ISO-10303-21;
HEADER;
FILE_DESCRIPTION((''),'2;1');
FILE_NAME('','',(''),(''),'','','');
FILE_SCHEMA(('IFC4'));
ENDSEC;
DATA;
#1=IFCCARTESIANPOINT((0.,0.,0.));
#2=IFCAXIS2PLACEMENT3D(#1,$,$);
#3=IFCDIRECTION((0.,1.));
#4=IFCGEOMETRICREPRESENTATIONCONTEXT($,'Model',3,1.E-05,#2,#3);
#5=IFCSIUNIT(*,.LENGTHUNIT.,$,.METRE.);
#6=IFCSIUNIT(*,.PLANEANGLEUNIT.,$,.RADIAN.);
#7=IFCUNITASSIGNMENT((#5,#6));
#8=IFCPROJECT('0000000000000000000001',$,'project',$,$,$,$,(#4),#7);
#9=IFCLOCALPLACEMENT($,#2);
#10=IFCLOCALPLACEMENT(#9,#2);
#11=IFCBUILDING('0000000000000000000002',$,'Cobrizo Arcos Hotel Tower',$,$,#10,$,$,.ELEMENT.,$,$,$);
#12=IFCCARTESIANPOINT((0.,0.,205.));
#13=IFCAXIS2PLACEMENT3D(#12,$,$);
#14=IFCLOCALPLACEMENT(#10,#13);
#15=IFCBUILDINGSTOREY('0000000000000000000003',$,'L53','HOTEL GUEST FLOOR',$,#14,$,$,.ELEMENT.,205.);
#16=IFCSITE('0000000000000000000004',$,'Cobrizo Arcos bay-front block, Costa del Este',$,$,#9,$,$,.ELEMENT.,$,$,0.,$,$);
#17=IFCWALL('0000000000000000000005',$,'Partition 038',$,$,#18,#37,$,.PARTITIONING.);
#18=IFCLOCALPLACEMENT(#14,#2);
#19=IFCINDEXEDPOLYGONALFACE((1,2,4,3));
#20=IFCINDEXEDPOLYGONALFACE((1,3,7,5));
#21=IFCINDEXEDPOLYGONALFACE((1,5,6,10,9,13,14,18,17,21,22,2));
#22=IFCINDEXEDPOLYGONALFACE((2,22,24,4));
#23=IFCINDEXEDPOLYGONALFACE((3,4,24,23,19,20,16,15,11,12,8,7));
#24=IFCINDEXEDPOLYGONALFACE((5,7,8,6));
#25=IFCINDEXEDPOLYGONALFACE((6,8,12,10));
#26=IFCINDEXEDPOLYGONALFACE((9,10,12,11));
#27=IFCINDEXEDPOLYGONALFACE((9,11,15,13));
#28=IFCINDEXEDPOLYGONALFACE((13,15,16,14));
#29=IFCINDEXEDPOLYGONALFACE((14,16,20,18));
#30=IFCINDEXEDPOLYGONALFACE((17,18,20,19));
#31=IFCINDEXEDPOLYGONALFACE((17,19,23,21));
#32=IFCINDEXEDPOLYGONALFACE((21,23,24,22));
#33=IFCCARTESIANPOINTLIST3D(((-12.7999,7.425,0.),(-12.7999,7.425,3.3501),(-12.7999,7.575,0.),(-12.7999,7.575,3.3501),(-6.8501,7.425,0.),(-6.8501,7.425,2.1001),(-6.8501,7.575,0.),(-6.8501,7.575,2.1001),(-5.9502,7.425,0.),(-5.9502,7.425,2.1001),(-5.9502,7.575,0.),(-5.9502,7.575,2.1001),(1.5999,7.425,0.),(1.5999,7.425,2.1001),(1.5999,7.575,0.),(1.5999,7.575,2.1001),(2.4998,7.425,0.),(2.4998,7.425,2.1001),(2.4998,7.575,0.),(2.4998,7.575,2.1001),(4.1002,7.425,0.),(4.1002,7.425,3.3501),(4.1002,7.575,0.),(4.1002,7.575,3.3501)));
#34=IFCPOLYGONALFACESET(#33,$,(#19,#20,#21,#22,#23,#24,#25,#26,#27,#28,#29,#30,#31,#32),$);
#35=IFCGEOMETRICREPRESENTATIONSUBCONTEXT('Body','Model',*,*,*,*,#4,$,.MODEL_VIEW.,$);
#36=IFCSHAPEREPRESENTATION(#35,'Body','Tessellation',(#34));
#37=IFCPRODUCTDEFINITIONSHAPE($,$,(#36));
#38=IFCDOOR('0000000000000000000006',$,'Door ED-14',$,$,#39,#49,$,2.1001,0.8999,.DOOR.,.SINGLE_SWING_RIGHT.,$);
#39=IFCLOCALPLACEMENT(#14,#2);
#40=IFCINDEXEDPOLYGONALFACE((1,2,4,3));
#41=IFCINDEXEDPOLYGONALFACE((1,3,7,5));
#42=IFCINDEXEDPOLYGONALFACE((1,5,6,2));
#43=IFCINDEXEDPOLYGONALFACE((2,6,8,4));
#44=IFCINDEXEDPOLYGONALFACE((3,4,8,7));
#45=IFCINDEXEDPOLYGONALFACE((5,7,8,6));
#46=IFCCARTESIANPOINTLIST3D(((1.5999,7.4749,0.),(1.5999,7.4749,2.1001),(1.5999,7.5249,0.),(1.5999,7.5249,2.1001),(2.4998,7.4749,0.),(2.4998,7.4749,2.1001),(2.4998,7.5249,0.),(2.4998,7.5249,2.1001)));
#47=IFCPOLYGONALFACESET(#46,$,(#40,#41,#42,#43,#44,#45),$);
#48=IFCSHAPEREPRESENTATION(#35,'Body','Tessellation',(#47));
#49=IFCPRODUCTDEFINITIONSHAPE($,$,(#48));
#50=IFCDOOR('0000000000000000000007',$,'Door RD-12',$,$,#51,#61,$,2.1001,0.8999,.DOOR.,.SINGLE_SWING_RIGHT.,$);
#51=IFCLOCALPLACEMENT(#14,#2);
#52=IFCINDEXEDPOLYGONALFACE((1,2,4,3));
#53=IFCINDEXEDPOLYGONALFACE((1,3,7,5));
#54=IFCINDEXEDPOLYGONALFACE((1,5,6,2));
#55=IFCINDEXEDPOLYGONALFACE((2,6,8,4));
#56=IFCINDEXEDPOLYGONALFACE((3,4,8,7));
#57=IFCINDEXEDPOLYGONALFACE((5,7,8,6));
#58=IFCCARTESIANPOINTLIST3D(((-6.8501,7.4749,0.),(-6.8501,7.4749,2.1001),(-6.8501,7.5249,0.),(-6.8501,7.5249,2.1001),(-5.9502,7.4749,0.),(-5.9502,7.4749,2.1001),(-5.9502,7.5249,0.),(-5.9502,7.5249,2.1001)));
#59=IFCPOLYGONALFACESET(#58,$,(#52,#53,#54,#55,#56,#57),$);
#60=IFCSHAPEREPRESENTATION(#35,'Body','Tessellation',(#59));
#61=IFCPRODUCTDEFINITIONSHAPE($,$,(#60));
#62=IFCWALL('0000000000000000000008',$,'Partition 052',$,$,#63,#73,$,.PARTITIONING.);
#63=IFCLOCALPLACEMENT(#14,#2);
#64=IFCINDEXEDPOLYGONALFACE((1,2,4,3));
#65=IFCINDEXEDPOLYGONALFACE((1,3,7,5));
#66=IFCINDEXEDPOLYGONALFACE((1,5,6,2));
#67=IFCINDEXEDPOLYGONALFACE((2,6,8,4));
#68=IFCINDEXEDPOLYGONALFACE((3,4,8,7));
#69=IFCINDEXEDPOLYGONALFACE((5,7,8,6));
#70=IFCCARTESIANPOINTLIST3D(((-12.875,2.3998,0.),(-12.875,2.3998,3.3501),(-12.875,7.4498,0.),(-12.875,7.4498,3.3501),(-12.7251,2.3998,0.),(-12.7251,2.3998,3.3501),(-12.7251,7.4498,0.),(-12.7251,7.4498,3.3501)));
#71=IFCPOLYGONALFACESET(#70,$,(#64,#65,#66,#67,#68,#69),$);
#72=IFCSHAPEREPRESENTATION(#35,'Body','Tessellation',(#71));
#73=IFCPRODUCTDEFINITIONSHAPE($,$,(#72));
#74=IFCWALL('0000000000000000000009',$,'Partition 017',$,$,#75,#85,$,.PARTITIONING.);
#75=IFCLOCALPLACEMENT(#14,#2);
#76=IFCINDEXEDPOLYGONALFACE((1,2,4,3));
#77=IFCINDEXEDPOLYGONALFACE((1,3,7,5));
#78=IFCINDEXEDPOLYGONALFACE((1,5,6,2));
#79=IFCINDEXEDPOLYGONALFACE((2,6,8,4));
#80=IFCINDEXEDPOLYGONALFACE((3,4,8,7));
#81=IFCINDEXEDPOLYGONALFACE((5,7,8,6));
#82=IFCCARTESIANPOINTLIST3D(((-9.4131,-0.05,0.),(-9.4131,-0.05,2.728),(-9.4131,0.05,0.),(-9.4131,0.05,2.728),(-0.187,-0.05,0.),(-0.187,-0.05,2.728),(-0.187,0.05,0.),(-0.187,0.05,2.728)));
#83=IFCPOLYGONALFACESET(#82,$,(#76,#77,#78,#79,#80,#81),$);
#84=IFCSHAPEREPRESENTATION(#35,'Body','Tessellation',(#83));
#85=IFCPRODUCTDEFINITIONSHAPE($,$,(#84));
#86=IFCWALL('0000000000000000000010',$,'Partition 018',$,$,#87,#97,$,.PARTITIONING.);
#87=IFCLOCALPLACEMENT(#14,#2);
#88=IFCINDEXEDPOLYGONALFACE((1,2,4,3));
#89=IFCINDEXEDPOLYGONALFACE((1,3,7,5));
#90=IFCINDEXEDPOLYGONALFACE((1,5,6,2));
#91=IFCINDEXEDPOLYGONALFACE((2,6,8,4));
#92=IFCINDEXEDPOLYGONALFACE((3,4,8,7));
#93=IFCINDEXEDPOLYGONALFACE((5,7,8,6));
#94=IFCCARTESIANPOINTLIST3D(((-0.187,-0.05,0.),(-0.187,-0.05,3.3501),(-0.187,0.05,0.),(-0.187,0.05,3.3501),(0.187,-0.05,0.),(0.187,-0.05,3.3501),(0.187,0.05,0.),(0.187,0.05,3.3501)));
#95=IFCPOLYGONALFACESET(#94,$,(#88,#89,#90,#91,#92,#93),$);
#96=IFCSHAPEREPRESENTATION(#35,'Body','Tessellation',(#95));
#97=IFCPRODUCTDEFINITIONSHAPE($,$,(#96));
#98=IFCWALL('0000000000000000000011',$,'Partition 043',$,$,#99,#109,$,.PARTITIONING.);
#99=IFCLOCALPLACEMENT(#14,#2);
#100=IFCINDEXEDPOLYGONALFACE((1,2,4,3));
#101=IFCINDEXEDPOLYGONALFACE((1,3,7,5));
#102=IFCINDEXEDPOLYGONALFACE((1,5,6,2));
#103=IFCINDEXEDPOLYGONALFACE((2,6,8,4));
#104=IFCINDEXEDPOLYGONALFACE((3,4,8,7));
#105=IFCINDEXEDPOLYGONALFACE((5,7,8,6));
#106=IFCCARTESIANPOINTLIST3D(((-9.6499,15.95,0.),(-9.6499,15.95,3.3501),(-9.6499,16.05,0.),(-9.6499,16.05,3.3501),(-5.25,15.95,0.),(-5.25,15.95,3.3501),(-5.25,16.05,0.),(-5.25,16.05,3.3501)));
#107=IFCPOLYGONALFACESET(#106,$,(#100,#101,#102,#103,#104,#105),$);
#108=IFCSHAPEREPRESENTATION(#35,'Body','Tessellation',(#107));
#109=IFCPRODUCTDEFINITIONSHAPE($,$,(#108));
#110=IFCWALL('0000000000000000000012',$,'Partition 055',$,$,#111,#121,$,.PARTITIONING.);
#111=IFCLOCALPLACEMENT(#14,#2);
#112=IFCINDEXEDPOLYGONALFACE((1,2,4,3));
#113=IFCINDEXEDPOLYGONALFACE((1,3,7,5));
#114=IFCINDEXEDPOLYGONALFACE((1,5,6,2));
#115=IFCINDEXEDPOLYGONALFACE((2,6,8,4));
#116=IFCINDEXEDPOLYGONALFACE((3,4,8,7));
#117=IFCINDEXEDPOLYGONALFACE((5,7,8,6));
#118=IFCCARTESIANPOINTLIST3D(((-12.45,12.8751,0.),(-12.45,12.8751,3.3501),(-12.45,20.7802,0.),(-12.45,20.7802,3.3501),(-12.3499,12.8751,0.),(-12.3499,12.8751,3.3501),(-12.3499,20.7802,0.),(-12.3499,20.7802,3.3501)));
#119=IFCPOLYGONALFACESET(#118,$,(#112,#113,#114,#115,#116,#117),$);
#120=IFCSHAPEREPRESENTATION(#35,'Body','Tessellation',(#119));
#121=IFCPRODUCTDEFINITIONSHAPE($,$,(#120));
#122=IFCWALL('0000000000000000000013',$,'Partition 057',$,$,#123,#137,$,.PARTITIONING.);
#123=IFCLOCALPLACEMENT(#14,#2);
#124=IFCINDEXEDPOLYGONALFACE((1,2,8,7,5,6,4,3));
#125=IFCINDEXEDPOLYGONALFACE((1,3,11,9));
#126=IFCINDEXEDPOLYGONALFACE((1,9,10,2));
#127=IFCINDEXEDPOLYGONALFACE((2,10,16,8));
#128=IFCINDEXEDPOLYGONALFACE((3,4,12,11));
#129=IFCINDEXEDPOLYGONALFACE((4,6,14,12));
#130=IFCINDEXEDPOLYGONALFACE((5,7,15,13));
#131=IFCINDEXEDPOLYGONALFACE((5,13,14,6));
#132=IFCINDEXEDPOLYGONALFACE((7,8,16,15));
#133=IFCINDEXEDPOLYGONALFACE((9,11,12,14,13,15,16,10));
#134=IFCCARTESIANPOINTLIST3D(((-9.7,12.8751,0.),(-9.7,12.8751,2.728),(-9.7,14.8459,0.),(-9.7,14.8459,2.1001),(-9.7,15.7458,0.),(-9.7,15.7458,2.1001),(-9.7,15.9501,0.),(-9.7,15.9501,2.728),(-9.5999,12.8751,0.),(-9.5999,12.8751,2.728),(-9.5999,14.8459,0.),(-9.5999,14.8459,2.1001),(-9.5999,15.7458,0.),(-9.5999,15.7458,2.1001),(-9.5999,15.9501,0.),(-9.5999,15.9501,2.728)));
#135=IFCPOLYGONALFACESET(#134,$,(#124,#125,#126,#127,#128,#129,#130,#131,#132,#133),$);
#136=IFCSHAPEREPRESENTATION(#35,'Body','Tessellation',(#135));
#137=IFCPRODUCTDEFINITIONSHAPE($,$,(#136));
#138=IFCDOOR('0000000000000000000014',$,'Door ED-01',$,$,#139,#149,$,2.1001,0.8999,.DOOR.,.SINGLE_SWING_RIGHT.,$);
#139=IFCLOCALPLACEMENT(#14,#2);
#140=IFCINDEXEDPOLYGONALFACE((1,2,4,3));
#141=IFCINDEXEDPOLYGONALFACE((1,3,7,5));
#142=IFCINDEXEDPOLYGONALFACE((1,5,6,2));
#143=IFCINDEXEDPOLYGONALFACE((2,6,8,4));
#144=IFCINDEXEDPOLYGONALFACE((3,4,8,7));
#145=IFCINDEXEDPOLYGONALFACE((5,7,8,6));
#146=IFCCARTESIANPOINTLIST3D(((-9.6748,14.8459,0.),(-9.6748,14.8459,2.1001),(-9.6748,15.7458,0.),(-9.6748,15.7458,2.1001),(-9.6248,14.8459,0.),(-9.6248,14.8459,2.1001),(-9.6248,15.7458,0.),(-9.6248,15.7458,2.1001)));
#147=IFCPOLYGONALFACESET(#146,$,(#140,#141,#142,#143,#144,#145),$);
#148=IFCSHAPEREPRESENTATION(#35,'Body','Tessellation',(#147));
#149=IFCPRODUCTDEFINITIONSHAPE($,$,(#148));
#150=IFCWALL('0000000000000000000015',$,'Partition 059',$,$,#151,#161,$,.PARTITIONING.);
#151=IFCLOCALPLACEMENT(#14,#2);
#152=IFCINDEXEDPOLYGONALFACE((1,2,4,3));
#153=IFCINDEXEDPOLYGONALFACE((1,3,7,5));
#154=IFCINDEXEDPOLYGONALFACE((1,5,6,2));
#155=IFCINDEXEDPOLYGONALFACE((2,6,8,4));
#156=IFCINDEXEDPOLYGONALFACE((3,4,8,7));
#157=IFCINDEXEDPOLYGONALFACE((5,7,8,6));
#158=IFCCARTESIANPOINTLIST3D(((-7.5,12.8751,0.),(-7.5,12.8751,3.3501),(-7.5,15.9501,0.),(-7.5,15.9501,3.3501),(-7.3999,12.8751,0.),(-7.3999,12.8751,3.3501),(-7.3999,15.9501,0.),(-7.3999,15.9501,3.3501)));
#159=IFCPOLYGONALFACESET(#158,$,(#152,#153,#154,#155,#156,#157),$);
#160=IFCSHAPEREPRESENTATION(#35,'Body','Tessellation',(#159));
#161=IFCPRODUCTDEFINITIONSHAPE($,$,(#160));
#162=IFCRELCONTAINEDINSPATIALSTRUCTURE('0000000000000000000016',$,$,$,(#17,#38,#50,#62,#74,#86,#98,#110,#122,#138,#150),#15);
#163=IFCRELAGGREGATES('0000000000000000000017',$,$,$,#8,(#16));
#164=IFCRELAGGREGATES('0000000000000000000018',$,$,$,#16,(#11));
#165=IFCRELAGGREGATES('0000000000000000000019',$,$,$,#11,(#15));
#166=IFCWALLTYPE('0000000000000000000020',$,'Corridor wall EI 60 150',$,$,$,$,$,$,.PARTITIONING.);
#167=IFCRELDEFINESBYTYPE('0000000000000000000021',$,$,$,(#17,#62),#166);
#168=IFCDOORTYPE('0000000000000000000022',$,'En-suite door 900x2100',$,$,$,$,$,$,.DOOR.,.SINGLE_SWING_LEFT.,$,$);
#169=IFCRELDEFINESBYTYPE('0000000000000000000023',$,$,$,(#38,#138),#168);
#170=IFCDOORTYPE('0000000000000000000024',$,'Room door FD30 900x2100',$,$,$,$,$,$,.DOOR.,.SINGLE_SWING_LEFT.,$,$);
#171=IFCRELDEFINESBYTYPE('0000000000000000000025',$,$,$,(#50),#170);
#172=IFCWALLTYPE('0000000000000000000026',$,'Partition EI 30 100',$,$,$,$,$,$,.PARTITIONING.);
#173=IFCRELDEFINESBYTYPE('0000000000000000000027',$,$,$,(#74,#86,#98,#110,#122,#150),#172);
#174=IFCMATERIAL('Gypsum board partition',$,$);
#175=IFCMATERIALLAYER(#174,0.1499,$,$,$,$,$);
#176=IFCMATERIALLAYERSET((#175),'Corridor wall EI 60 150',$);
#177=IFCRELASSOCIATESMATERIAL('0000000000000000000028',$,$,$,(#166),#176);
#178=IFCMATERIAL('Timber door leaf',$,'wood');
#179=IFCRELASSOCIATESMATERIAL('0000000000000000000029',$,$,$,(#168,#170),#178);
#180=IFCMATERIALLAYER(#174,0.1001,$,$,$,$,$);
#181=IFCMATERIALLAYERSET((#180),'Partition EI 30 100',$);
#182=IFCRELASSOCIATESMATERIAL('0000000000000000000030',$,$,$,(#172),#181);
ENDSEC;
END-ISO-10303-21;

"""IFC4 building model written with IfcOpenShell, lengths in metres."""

from ifc_helpers import new_model, si_unit, direction, frame, frame_2d, origin, place, context, subcontext, project, spatial, rectangle, extrude, material, layer, layer_set, type_object, element, fill, save


model = new_model("IFC4")

# Units and contexts
model_context = context("Model", 3, precision=1e-05, world=origin(), true_north=direction((0.0, 1.0)))
body_context = subcontext(model_context, "Body", "Model", "MODEL_VIEW")
ifc_project = project(units=[si_unit("LENGTHUNIT", "METRE"), si_unit("PLANEANGLEUNIT", "RADIAN")], contexts=[model_context])

# Site, building, storey
site_placement = place(None, origin())
site = spatial("IfcSite", under=ifc_project, at=site_placement, Name="Cobrizo Arcos bay-front block, Costa del Este", CompositionType="ELEMENT", RefElevation=0.0)
building_placement = place(site_placement, origin())
building = spatial("IfcBuilding", under=site, at=building_placement, Name="Cobrizo Arcos Hotel Tower", CompositionType="ELEMENT")
storey_placement = place(building_placement, frame((0.0, 0.0, 205.0)))
storey = spatial("IfcBuildingStorey", under=building, at=storey_placement, Name="L53", Description="HOTEL GUEST FLOOR", CompositionType="ELEMENT", Elevation=205.0)

# Wall, openings, doors
ifc_material_1 = material(Name="Gypsum board partition")
ifc_layer_1 = layer(ifc_material_1, 0.1499)
ifc_layer_set_1 = layer_set([ifc_layer_1], Name="Corridor wall EI 60 150")
wall_type_1 = type_object("IfcWallType", Name="Corridor wall EI 60 150", PredefinedType="PARTITIONING", material=ifc_layer_set_1)
wall_1_placement = place(storey_placement, frame((-12.8, 7.5, 0.0), z_axis=(0.0, 0.0, 1.0), x_axis=(1.0, 0.0, 0.0)))
wall_1 = element("IfcWall", 1, at=wall_1_placement, inside=storey, type_object=wall_type_1, Name="Partition 038", PredefinedType="PARTITIONING", context=body_context, shape_type="SweptSolid", body=[
    extrude(rectangle(XDim=16.9001, YDim=0.1499, at=frame_2d((8.4502, 0.0))), origin(), (0.0, 0.0, 1.0), 3.3501),
])
opening_1_placement = place(wall_1_placement, frame((14.3999, 0.0, 0.0)))
opening_1 = element("IfcOpeningElement", 2, at=opening_1_placement, cuts=wall_1, PredefinedType="OPENING", context=body_context, shape_type="SweptSolid", body=[
    extrude(rectangle(XDim=0.8999, YDim=2.1001, at=frame_2d((0.45, 1.05))), frame((0.0, 0.0869, 0.0), z_axis=(0.0, -1.0, 0.0), x_axis=(1.0, 0.0, 0.0)), (0.0, 0.0, 1.0), 0.1738),
])
opening_2_placement = place(wall_1_placement, frame((5.95, 0.0, 0.0)))
opening_2 = element("IfcOpeningElement", 3, at=opening_2_placement, cuts=wall_1, PredefinedType="OPENING", context=body_context, shape_type="SweptSolid", body=[
    extrude(rectangle(XDim=0.8999, YDim=2.1001, at=frame_2d((0.45, 1.05))), frame((0.0, 0.0869, 0.0), z_axis=(0.0, -1.0, 0.0), x_axis=(1.0, 0.0, 0.0)), (0.0, 0.0, 1.0), 0.1738),
])
ifc_material_2 = material(Name="Timber door leaf", Category="wood")
door_type_1 = type_object("IfcDoorType", Name="En-suite door 900x2100", OperationType="SINGLE_SWING_LEFT", PredefinedType="DOOR", material=ifc_material_2)
door_1_placement = place(opening_1_placement, origin())
door_1 = element("IfcDoor", 4, at=door_1_placement, inside=storey, type_object=door_type_1, Name="Door ED-14", OperationType="SINGLE_SWING_RIGHT", OverallHeight=2.1001, OverallWidth=0.8999, PredefinedType="DOOR", context=body_context, shape_type="SweptSolid", body=[
    extrude(rectangle(XDim=0.8999, YDim=2.1001, at=frame_2d((0.45, 1.05))), frame((0.0, 0.0249, 0.0), z_axis=(0.0, -1.0, 0.0), x_axis=(1.0, 0.0, 0.0)), (0.0, 0.0, 1.0), 0.05),
])
fill(opening_1, door_1)
door_type_2 = type_object("IfcDoorType", Name="Room door FD30 900x2100", OperationType="SINGLE_SWING_LEFT", PredefinedType="DOOR", material=ifc_material_2)
door_2_placement = place(opening_2_placement, origin())
door_2 = element("IfcDoor", 5, at=door_2_placement, inside=storey, type_object=door_type_2, Name="Door RD-12", OperationType="SINGLE_SWING_RIGHT", OverallHeight=2.1001, OverallWidth=0.8999, PredefinedType="DOOR", context=body_context, shape_type="SweptSolid", body=[
    extrude(rectangle(XDim=0.8999, YDim=2.1001, at=frame_2d((0.45, 1.05))), frame((0.0, 0.0249, 0.0), z_axis=(0.0, -1.0, 0.0), x_axis=(1.0, 0.0, 0.0)), (0.0, 0.0, 1.0), 0.05),
])
fill(opening_2, door_2)

# Walls
wall_2_placement = place(storey_placement, frame((-12.8, 2.3999, 0.0), z_axis=(0.0, 0.0, 1.0), x_axis=(0.0, 1.0, 0.0)))
element("IfcWall", 6, at=wall_2_placement, inside=storey, type_object=wall_type_1, Name="Partition 052", PredefinedType="PARTITIONING", context=body_context, shape_type="SweptSolid", body=[
    extrude(rectangle(XDim=5.05, YDim=0.1499, at=frame_2d((2.5249, 0.0))), origin(), (0.0, 0.0, 1.0), 3.3501),
])
ifc_layer_2 = layer(ifc_material_1, 0.1001)
ifc_layer_set_2 = layer_set([ifc_layer_2], Name="Partition EI 30 100")
wall_type_2 = type_object("IfcWallType", Name="Partition EI 30 100", PredefinedType="PARTITIONING", material=ifc_layer_set_2)
wall_3_placement = place(storey_placement, frame((-9.4131, 0.0, 0.0), z_axis=(0.0, 0.0, 1.0), x_axis=(1.0, 0.0, 0.0)))
element("IfcWall", 7, at=wall_3_placement, inside=storey, type_object=wall_type_2, Name="Partition 017", PredefinedType="PARTITIONING", context=body_context, shape_type="SweptSolid", body=[
    extrude(rectangle(XDim=9.2261, YDim=0.1001, at=frame_2d((4.613, 0.0))), origin(), (0.0, 0.0, 1.0), 2.728),
])
wall_4_placement = place(storey_placement, frame((-0.187, 0.0, 0.0), z_axis=(0.0, 0.0, 1.0), x_axis=(1.0, 0.0, 0.0)))
element("IfcWall", 8, at=wall_4_placement, inside=storey, type_object=wall_type_2, Name="Partition 018", PredefinedType="PARTITIONING", context=body_context, shape_type="SweptSolid", body=[
    extrude(rectangle(XDim=0.374, YDim=0.1001, at=frame_2d((0.187, 0.0))), origin(), (0.0, 0.0, 1.0), 3.3501),
])
wall_5_placement = place(storey_placement, frame((-9.6499, 16.0, 0.0), z_axis=(0.0, 0.0, 1.0), x_axis=(1.0, 0.0, 0.0)))
element("IfcWall", 9, at=wall_5_placement, inside=storey, type_object=wall_type_2, Name="Partition 043", PredefinedType="PARTITIONING", context=body_context, shape_type="SweptSolid", body=[
    extrude(rectangle(XDim=4.3999, YDim=0.1001, at=frame_2d((2.2, 0.0))), origin(), (0.0, 0.0, 1.0), 3.3501),
])
wall_6_placement = place(storey_placement, frame((-12.3999, 12.875, 0.0), z_axis=(0.0, 0.0, 1.0), x_axis=(0.0, 1.0, 0.0)))
element("IfcWall", 10, at=wall_6_placement, inside=storey, type_object=wall_type_2, Name="Partition 055", PredefinedType="PARTITIONING", context=body_context, shape_type="SweptSolid", body=[
    extrude(rectangle(XDim=7.905, YDim=0.1001, at=frame_2d((3.9526, 0.0))), origin(), (0.0, 0.0, 1.0), 3.3501),
])

# Wall, opening, door
wall_7_placement = place(storey_placement, frame((-9.6499, 12.875, 0.0), z_axis=(0.0, 0.0, 1.0), x_axis=(0.0, 1.0, 0.0)))
wall_7 = element("IfcWall", 11, at=wall_7_placement, inside=storey, type_object=wall_type_2, Name="Partition 057", PredefinedType="PARTITIONING", context=body_context, shape_type="SweptSolid", body=[
    extrude(rectangle(XDim=3.075, YDim=0.1001, at=frame_2d((1.5376, 0.0))), origin(), (0.0, 0.0, 1.0), 2.728),
])
opening_3_placement = place(wall_7_placement, frame((1.9709, 0.0, 0.0)))
opening_3 = element("IfcOpeningElement", 12, at=opening_3_placement, cuts=wall_7, PredefinedType="OPENING", context=body_context, shape_type="SweptSolid", body=[
    extrude(rectangle(XDim=0.8999, YDim=2.1001, at=frame_2d((0.45, 1.05))), frame((0.0, 0.062, 0.0), z_axis=(0.0, -1.0, 0.0), x_axis=(1.0, 0.0, 0.0)), (0.0, 0.0, 1.0), 0.124),
])
door_3_placement = place(opening_3_placement, origin())
door_3 = element("IfcDoor", 13, at=door_3_placement, inside=storey, type_object=door_type_1, Name="Door ED-01", OperationType="SINGLE_SWING_RIGHT", OverallHeight=2.1001, OverallWidth=0.8999, PredefinedType="DOOR", context=body_context, shape_type="SweptSolid", body=[
    extrude(rectangle(XDim=0.8999, YDim=2.1001, at=frame_2d((0.45, 1.05))), frame((0.0, 0.0249, 0.0), z_axis=(0.0, -1.0, 0.0), x_axis=(1.0, 0.0, 0.0)), (0.0, 0.0, 1.0), 0.05),
])
fill(opening_3, door_3)

# Wall
wall_8_placement = place(storey_placement, frame((-7.45, 12.875, 0.0), z_axis=(0.0, 0.0, 1.0), x_axis=(0.0, 1.0, 0.0)))
element("IfcWall", 14, at=wall_8_placement, inside=storey, type_object=wall_type_2, Name="Partition 059", PredefinedType="PARTITIONING", context=body_context, shape_type="SweptSolid", body=[
    extrude(rectangle(XDim=3.075, YDim=0.1001, at=frame_2d((1.5376, 0.0))), origin(), (0.0, 0.0, 1.0), 3.3501),
])

save(model, "model.ifc")
